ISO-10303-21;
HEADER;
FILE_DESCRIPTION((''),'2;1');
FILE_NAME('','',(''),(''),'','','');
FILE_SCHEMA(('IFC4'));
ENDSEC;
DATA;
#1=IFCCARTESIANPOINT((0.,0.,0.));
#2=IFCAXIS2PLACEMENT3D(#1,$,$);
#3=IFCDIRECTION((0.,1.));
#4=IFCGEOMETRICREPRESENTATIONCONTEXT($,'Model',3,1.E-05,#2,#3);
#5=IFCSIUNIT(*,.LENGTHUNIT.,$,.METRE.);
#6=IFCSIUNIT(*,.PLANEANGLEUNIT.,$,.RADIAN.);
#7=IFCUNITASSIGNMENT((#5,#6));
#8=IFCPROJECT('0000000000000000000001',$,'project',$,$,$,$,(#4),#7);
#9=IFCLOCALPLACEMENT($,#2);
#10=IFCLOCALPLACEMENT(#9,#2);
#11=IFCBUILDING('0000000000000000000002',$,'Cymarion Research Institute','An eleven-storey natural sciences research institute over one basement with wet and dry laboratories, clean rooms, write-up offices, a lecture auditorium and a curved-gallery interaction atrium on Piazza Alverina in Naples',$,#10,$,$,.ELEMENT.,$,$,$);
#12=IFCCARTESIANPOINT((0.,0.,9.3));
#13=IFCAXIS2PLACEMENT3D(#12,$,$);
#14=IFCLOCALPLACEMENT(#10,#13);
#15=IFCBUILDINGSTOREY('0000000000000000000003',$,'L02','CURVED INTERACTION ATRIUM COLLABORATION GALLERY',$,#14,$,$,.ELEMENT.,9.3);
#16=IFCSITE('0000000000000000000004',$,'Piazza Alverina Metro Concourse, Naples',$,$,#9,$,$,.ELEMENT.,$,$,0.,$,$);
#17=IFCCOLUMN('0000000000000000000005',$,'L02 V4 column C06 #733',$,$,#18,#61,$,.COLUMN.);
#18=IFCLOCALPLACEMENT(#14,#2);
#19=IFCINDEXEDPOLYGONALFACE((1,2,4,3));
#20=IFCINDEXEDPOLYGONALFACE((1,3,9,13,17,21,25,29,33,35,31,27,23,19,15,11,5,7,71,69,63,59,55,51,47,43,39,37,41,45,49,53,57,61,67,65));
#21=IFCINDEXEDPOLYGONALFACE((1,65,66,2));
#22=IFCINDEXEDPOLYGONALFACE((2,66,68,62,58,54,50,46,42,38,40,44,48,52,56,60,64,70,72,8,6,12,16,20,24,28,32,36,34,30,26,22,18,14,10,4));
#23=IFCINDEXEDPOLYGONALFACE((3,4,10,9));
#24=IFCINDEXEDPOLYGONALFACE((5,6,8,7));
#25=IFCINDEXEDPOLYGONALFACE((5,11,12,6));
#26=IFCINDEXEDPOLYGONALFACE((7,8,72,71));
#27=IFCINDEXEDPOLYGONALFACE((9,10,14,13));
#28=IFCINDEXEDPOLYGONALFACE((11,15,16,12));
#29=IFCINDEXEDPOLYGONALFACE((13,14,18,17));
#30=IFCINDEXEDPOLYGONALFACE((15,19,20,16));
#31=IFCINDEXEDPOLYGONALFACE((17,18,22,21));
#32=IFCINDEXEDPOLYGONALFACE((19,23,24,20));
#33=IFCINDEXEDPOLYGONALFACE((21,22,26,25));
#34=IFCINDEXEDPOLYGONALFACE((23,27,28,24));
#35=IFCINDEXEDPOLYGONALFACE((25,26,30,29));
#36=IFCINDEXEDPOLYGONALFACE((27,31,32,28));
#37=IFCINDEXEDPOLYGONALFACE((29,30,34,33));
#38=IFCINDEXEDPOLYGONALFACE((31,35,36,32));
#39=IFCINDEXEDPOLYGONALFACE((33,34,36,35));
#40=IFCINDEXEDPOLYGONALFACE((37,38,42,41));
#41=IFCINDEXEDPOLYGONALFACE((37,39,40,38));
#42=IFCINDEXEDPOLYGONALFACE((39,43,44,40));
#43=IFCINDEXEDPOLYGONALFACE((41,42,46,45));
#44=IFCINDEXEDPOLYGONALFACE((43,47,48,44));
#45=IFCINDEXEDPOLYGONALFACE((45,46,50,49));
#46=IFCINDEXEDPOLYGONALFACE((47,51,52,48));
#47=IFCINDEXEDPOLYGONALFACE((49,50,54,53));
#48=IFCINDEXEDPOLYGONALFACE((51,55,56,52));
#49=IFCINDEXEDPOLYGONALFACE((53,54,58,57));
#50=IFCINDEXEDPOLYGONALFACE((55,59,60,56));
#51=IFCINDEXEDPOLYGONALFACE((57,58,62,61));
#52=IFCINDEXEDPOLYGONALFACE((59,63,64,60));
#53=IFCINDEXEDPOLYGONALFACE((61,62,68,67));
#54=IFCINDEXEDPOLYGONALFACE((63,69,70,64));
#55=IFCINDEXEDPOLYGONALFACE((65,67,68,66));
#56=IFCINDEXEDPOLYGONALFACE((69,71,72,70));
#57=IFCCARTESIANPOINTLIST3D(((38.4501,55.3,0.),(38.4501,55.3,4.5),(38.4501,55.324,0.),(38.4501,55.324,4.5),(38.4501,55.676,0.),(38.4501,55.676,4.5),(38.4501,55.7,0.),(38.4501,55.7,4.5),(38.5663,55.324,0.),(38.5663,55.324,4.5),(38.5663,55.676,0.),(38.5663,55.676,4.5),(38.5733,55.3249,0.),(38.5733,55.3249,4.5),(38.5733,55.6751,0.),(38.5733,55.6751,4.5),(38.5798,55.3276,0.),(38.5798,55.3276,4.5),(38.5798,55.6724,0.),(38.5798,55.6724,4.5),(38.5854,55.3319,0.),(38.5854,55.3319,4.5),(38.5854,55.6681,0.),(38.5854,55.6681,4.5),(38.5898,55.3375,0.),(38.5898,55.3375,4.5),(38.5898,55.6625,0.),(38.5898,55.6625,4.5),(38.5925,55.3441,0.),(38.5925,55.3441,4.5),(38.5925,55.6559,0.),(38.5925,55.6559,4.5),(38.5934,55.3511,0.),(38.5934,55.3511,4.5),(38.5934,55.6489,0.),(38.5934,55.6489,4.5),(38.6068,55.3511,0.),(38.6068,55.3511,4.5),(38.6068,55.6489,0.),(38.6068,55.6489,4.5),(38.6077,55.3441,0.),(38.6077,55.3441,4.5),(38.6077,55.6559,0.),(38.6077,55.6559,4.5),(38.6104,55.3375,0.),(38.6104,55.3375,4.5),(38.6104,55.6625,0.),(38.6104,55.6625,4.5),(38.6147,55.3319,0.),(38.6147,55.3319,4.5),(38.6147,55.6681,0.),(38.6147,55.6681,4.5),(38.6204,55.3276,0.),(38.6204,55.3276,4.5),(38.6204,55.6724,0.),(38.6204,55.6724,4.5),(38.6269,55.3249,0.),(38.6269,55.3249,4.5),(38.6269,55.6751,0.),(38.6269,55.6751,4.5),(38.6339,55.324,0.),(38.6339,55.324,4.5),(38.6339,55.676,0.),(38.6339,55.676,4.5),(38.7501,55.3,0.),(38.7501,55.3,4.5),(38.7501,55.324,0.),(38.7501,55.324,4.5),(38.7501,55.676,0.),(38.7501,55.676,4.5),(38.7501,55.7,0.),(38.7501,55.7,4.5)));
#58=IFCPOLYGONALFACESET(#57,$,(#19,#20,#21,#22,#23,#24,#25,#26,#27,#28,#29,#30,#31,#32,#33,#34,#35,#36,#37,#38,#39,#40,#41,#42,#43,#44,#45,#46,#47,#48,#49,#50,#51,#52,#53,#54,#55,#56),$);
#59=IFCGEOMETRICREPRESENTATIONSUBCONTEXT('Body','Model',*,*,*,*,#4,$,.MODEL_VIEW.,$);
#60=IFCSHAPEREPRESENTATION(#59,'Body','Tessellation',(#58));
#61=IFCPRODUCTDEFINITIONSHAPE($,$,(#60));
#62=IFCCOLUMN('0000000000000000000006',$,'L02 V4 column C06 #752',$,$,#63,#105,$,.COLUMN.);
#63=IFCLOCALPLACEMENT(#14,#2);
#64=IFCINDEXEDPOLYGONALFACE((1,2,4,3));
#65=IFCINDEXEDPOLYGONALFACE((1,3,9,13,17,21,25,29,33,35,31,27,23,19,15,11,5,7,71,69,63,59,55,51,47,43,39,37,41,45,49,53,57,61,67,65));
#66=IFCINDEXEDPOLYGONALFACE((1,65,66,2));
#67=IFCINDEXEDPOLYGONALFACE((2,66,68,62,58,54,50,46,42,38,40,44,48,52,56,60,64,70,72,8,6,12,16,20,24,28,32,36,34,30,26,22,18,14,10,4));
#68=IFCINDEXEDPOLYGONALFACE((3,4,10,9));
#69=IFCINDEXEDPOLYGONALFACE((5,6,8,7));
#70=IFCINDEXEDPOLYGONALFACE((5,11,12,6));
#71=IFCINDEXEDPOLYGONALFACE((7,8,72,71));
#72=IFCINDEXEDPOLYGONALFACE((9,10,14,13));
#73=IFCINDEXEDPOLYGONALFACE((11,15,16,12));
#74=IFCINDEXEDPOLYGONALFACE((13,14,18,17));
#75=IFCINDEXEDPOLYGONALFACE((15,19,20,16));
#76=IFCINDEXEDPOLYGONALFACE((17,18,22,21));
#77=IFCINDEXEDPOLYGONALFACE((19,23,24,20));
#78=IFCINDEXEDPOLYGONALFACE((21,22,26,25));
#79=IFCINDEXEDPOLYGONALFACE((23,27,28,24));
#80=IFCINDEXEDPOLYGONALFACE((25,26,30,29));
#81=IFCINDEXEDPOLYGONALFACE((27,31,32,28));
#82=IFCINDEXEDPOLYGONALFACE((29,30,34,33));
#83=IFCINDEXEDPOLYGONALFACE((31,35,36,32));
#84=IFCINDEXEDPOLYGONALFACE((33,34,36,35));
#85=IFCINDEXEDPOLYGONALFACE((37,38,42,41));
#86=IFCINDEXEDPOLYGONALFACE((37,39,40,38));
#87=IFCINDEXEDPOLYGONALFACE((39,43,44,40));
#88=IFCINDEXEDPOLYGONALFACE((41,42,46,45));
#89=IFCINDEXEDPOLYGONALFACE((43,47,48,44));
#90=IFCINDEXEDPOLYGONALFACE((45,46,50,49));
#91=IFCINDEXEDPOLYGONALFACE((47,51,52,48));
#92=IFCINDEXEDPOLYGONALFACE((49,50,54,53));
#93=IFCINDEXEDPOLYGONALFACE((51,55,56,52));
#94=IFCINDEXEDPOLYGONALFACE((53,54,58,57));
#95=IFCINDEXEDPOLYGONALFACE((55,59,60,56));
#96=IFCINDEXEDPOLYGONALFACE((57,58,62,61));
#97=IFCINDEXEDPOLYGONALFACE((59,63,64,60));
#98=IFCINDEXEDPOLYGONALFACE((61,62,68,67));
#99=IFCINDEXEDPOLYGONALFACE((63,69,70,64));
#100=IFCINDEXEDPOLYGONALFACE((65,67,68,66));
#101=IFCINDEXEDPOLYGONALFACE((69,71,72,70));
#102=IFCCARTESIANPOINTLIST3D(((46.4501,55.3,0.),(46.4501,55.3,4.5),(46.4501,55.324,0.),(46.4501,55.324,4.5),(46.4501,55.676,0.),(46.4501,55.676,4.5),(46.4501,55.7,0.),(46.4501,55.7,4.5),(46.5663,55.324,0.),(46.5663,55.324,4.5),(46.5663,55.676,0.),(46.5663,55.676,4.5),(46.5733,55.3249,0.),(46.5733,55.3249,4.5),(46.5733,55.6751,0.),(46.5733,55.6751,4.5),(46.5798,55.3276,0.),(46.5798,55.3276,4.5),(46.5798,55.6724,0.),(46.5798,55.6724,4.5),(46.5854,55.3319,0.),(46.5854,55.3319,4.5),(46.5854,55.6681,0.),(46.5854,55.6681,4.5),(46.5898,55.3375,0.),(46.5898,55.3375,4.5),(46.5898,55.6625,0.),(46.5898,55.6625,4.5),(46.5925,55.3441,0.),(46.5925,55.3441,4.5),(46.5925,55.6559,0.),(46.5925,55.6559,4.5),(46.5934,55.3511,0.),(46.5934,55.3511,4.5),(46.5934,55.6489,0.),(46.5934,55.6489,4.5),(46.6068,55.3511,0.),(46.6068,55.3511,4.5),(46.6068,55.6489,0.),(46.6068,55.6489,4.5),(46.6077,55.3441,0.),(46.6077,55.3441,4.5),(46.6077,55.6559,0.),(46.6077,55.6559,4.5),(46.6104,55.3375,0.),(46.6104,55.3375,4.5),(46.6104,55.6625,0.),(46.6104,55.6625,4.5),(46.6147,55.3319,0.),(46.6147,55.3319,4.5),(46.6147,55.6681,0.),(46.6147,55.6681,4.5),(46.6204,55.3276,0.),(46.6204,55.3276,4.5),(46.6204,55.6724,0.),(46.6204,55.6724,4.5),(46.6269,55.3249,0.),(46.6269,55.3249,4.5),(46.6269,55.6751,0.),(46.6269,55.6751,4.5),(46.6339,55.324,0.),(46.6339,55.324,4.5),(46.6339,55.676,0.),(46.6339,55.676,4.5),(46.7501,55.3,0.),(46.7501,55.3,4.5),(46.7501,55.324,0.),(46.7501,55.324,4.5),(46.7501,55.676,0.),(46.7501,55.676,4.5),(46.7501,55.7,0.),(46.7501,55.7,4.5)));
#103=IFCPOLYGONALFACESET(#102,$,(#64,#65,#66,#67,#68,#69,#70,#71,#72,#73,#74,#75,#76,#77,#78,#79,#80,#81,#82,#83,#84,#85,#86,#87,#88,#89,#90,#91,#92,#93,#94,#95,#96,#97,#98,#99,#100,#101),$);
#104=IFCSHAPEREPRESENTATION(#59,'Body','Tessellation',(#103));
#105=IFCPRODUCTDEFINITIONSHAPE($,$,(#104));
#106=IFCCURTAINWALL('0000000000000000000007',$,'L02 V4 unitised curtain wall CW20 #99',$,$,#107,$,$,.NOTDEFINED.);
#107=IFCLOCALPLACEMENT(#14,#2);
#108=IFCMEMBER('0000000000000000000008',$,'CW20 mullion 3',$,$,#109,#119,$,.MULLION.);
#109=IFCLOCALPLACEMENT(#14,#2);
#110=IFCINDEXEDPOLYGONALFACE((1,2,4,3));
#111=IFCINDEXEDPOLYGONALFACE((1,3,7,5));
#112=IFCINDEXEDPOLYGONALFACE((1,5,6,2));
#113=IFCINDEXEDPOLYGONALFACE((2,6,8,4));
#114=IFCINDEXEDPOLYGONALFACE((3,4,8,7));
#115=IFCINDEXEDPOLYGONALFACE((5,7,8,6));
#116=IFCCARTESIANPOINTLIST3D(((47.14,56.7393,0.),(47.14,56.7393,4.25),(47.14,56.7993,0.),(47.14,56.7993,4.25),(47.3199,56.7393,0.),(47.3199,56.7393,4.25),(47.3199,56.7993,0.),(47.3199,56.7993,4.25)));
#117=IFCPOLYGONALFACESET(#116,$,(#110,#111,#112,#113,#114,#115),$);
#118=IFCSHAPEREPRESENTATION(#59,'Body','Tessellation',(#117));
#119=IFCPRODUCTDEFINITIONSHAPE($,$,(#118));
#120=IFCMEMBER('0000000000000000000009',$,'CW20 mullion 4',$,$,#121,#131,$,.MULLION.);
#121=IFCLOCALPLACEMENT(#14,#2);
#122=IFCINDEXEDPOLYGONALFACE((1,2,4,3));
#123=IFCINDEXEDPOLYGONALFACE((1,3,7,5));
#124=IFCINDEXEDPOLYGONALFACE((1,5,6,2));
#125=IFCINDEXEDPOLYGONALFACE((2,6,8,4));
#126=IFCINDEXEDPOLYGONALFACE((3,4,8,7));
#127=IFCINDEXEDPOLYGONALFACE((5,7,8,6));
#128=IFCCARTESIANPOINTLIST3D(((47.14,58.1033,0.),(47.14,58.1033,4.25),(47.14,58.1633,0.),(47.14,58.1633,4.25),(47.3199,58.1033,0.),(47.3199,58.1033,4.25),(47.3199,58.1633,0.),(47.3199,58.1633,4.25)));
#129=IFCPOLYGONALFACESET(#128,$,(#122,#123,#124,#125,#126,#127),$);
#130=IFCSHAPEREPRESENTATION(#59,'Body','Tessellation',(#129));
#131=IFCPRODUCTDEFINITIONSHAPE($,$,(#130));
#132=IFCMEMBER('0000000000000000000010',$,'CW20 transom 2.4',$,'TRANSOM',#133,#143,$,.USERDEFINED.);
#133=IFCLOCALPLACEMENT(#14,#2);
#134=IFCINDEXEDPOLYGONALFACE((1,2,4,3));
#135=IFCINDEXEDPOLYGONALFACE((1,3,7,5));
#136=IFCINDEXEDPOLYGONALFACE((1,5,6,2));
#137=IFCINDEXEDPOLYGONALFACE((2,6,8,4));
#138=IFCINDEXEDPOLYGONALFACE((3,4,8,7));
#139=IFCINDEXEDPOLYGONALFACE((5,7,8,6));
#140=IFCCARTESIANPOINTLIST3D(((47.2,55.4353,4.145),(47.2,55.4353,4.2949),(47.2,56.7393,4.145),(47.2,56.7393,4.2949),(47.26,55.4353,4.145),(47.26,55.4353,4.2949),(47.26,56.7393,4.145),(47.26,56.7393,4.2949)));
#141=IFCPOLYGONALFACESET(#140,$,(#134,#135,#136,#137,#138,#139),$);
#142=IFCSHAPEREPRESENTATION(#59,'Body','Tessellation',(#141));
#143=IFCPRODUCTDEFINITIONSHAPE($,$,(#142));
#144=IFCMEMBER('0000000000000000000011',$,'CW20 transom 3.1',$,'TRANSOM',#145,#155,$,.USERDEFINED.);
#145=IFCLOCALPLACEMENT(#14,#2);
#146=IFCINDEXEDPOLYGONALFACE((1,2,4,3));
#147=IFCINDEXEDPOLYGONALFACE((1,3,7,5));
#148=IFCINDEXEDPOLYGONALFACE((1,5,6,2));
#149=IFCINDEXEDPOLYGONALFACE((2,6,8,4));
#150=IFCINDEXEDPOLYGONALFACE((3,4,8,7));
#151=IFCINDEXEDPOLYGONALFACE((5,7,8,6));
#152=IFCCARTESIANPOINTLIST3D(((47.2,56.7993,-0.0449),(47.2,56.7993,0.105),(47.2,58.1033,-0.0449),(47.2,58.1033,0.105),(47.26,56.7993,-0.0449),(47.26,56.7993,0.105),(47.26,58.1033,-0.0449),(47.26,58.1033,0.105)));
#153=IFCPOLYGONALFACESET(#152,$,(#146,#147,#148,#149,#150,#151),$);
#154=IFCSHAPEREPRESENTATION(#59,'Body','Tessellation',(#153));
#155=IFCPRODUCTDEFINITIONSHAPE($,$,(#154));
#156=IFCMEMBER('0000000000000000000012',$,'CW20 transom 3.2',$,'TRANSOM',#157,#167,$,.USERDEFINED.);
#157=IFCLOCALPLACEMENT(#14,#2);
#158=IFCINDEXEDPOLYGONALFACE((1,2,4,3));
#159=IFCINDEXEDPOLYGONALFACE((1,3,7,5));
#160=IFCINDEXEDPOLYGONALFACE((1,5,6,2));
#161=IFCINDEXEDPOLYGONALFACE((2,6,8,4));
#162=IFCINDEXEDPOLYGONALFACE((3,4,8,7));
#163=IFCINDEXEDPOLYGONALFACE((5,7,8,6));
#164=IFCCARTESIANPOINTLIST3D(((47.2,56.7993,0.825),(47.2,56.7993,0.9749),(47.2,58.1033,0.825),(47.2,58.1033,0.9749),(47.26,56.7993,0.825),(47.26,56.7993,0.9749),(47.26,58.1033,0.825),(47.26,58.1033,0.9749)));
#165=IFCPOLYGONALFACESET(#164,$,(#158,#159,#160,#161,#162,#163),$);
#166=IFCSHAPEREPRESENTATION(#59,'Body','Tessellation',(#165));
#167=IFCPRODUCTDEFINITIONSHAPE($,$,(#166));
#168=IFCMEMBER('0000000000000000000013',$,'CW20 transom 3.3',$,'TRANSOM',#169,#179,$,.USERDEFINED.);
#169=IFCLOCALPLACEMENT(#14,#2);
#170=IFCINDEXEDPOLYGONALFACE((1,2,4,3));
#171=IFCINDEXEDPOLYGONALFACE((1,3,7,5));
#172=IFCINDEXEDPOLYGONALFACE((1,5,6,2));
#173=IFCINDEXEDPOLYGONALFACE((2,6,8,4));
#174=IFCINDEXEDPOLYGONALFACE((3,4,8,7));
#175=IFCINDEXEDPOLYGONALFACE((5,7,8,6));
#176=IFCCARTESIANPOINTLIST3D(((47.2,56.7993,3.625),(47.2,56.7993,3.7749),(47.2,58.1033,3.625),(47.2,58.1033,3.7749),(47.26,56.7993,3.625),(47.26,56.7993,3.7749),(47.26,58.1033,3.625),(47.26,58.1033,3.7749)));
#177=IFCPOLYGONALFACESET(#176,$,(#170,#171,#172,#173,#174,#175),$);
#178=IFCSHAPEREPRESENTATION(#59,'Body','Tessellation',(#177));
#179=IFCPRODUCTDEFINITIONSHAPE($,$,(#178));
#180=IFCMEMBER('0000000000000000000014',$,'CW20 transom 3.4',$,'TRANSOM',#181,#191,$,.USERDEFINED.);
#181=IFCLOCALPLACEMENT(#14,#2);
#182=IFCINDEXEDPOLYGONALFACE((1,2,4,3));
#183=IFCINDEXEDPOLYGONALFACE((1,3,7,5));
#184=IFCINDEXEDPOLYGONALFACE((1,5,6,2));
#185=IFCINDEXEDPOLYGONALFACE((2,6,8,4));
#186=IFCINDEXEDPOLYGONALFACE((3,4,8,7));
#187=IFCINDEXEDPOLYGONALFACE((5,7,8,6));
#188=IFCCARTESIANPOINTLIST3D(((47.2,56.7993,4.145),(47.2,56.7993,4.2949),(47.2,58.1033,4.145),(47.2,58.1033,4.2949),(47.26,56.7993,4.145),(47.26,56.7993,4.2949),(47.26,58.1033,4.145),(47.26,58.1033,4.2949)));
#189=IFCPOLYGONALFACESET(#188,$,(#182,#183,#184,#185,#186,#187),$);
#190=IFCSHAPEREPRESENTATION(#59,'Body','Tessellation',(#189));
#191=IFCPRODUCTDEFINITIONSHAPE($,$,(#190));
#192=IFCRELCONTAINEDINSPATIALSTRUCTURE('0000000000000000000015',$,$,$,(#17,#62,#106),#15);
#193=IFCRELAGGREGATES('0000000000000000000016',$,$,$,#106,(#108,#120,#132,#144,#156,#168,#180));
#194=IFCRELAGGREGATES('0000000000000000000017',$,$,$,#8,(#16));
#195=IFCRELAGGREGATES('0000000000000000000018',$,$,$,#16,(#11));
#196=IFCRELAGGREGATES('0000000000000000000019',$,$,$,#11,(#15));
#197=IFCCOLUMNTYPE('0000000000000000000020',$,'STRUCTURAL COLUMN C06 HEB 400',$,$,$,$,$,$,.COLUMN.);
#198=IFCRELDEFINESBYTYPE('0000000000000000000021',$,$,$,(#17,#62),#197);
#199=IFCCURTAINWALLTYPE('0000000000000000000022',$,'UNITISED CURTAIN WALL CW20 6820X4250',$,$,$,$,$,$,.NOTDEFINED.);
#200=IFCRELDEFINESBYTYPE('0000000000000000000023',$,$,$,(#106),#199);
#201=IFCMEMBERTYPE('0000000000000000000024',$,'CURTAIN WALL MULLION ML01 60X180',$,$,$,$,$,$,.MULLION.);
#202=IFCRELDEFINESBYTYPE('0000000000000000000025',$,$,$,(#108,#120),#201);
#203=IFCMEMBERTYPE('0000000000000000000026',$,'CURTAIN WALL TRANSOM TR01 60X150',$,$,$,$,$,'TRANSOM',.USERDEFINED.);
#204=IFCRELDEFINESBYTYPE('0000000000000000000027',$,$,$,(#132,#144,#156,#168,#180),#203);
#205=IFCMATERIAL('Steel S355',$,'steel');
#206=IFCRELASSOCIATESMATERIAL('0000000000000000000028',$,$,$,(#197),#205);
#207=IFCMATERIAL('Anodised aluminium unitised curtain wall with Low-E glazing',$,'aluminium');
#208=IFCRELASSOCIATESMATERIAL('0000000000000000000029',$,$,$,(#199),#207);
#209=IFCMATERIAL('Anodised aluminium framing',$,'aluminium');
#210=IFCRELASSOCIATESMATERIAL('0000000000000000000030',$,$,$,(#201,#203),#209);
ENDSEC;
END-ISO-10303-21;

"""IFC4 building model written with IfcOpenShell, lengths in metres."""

from ifc_helpers import new_model, si_unit, direction, frame, origin, origin_2d, place, context, subcontext, project, spatial, rectangle, i_section, extrude, material, material_profile, profile_set, type_object, element, aggregate, save


model = new_model("IFC4")

# Units and contexts
model_context = context("Model", 3, precision=1e-05, world=origin(), true_north=direction((0.0, 1.0)))
body_context = subcontext(model_context, "Body", "Model", "MODEL_VIEW")
ifc_project = project(units=[si_unit("LENGTHUNIT", "METRE"), si_unit("PLANEANGLEUNIT", "RADIAN")], contexts=[model_context])

# Site, building, storey
site_placement = place(None, origin())
site = spatial("IfcSite", under=ifc_project, at=site_placement, Name="Piazza Alverina Metro Concourse, Naples", CompositionType="ELEMENT", RefElevation=0.0)
building_placement = place(site_placement, origin())
building = spatial("IfcBuilding", under=site, at=building_placement, Name="Cymarion Research Institute", Description="An eleven-storey natural sciences research institute over one basement with wet and dry laboratories, clean rooms, write-up offices, a lecture auditorium and a curved-gallery interaction atrium on Piazza Alverina in Naples", CompositionType="ELEMENT")
storey_placement = place(building_placement, frame((0.0, 0.0, 9.3)))
storey = spatial("IfcBuildingStorey", under=building, at=storey_placement, Name="L02", Description="CURVED INTERACTION ATRIUM COLLABORATION GALLERY", CompositionType="ELEMENT", Elevation=9.3)

# Columns
ifc_material_1 = material(Name="Steel S355", Category="steel")
ifc_material_profile_1 = material_profile(ifc_material_1, i_section(OverallWidth=0.3, OverallDepth=0.3999, WebThickness=0.0134, FlangeThickness=0.0239, FilletRadius=0.0271, at=origin_2d()), Name="HEB 400")
ifc_profile_set_1 = profile_set([ifc_material_profile_1], Name="Steel S355")
column_type = type_object("IfcColumnType", Name="STRUCTURAL COLUMN C06 HEB 400", PredefinedType="COLUMN", material=ifc_profile_set_1)
for number, where, z_axis, x_axis, name in (
    (1, (38.6001, 55.5, 0.0), (0.0, 0.0, 1.0), (1.0, 0.0, 0.0), "L02 V4 column C06 #733"),
    (2, (46.6001, 55.5, 0.0), (0.0, 0.0, 1.0), (1.0, 0.0, 0.0), "L02 V4 column C06 #752"),
):
    element("IfcColumn", number, at=place(storey_placement, frame(where, z_axis=z_axis, x_axis=x_axis)), inside=storey, type_object=column_type, Name=name, PredefinedType="COLUMN", context=body_context, shape_type="SweptSolid", body=[
        extrude(i_section(OverallWidth=0.3, OverallDepth=0.3999, WebThickness=0.0134, FlangeThickness=0.0239, FilletRadius=0.0271, at=origin_2d()), origin(), (0.0, 0.0, 1.0), 4.5),
    ])

# Curtain wall, members
ifc_material_2 = material(Name="Anodised aluminium unitised curtain wall with Low-E glazing", Category="aluminium")
curtain_wall_type = type_object("IfcCurtainWallType", Name="UNITISED CURTAIN WALL CW20 6820X4250", PredefinedType="NOTDEFINED", material=ifc_material_2)
curtain_wall_placement = place(storey_placement, origin())
curtain_wall = element("IfcCurtainWall", 3, at=curtain_wall_placement, inside=storey, type_object=curtain_wall_type, Name="L02 V4 unitised curtain wall CW20 #99", PredefinedType="NOTDEFINED")
ifc_material_3 = material(Name="Anodised aluminium framing", Category="aluminium")
ifc_material_profile_2 = material_profile(ifc_material_3, rectangle(XDim=0.0601, YDim=0.1799, at=origin_2d()), Name="ALU MULLION 60x180")
ifc_profile_set_2 = profile_set([ifc_material_profile_2], Name="Anodised aluminium framing")
member_type_1 = type_object("IfcMemberType", Name="CURTAIN WALL MULLION ML01 60X180", PredefinedType="MULLION", material=ifc_profile_set_2)
member_1_placement = place(storey_placement, frame((47.23, 56.7693, 0.0), z_axis=(0.0, 0.0, 1.0), x_axis=(0.0, 1.0, 0.0)))
member_1 = element("IfcMember", 4, at=member_1_placement, type_object=member_type_1, Name="CW20 mullion 3", PredefinedType="MULLION", context=body_context, shape_type="SweptSolid", body=[
    extrude(rectangle(XDim=0.0601, YDim=0.1799, at=origin_2d()), origin(), (0.0, 0.0, 1.0), 4.25),
])
member_2_placement = place(storey_placement, frame((47.23, 58.1333, 0.0), z_axis=(0.0, 0.0, 1.0), x_axis=(0.0, 1.0, 0.0)))
member_2 = element("IfcMember", 5, at=member_2_placement, type_object=member_type_1, Name="CW20 mullion 4", PredefinedType="MULLION", context=body_context, shape_type="SweptSolid", body=[
    extrude(rectangle(XDim=0.0601, YDim=0.1799, at=origin_2d()), origin(), (0.0, 0.0, 1.0), 4.25),
])
ifc_material_profile_3 = material_profile(ifc_material_3, rectangle(XDim=0.0601, YDim=0.1499, at=origin_2d()), Name="ALU TRANSOM 60x150")
ifc_profile_set_3 = profile_set([ifc_material_profile_3], Name="Anodised aluminium framing")
member_type_2 = type_object("IfcMemberType", Name="CURTAIN WALL TRANSOM TR01 60X150", ElementType="TRANSOM", PredefinedType="USERDEFINED", material=ifc_profile_set_3)
member_3_placement = place(storey_placement, frame((47.23, 55.4353, 4.22), z_axis=(0.0, 1.0, 0.0), x_axis=(-1.0, 0.0, 0.0)))
member_3 = element("IfcMember", 6, at=member_3_placement, type_object=member_type_2, Name="CW20 transom 2.4", ObjectType="TRANSOM", PredefinedType="USERDEFINED", context=body_context, shape_type="SweptSolid", body=[
    extrude(rectangle(XDim=0.0601, YDim=0.1499, at=origin_2d()), origin(), (0.0, 0.0, 1.0), 1.304),
])
member_4_placement = place(storey_placement, frame((47.23, 56.7993, 0.03), z_axis=(0.0, 1.0, 0.0), x_axis=(-1.0, 0.0, 0.0)))
member_4 = element("IfcMember", 7, at=member_4_placement, type_object=member_type_2, Name="CW20 transom 3.1", ObjectType="TRANSOM", PredefinedType="USERDEFINED", context=body_context, shape_type="SweptSolid", body=[
    extrude(rectangle(XDim=0.0601, YDim=0.1499, at=origin_2d()), origin(), (0.0, 0.0, 1.0), 1.304),
])
member_5_placement = place(storey_placement, frame((47.23, 56.7993, 0.8999), z_axis=(0.0, 1.0, 0.0), x_axis=(-1.0, 0.0, 0.0)))
member_5 = element("IfcMember", 8, at=member_5_placement, type_object=member_type_2, Name="CW20 transom 3.2", ObjectType="TRANSOM", PredefinedType="USERDEFINED", context=body_context, shape_type="SweptSolid", body=[
    extrude(rectangle(XDim=0.0601, YDim=0.1499, at=origin_2d()), origin(), (0.0, 0.0, 1.0), 1.304),
])
member_6_placement = place(storey_placement, frame((47.23, 56.7993, 3.7), z_axis=(0.0, 1.0, 0.0), x_axis=(-1.0, 0.0, 0.0)))
member_6 = element("IfcMember", 9, at=member_6_placement, type_object=member_type_2, Name="CW20 transom 3.3", ObjectType="TRANSOM", PredefinedType="USERDEFINED", context=body_context, shape_type="SweptSolid", body=[
    extrude(rectangle(XDim=0.0601, YDim=0.1499, at=origin_2d()), origin(), (0.0, 0.0, 1.0), 1.304),
])
member_7_placement = place(storey_placement, frame((47.23, 56.7993, 4.22), z_axis=(0.0, 1.0, 0.0), x_axis=(-1.0, 0.0, 0.0)))
member_7 = element("IfcMember", 10, at=member_7_placement, type_object=member_type_2, Name="CW20 transom 3.4", ObjectType="TRANSOM", PredefinedType="USERDEFINED", context=body_context, shape_type="SweptSolid", body=[
    extrude(rectangle(XDim=0.0601, YDim=0.1499, at=origin_2d()), origin(), (0.0, 0.0, 1.0), 1.304),
])

aggregate(curtain_wall, [member_1, member_2, member_3, member_4, member_5, member_6, member_7])

save(model, "model.ifc")
